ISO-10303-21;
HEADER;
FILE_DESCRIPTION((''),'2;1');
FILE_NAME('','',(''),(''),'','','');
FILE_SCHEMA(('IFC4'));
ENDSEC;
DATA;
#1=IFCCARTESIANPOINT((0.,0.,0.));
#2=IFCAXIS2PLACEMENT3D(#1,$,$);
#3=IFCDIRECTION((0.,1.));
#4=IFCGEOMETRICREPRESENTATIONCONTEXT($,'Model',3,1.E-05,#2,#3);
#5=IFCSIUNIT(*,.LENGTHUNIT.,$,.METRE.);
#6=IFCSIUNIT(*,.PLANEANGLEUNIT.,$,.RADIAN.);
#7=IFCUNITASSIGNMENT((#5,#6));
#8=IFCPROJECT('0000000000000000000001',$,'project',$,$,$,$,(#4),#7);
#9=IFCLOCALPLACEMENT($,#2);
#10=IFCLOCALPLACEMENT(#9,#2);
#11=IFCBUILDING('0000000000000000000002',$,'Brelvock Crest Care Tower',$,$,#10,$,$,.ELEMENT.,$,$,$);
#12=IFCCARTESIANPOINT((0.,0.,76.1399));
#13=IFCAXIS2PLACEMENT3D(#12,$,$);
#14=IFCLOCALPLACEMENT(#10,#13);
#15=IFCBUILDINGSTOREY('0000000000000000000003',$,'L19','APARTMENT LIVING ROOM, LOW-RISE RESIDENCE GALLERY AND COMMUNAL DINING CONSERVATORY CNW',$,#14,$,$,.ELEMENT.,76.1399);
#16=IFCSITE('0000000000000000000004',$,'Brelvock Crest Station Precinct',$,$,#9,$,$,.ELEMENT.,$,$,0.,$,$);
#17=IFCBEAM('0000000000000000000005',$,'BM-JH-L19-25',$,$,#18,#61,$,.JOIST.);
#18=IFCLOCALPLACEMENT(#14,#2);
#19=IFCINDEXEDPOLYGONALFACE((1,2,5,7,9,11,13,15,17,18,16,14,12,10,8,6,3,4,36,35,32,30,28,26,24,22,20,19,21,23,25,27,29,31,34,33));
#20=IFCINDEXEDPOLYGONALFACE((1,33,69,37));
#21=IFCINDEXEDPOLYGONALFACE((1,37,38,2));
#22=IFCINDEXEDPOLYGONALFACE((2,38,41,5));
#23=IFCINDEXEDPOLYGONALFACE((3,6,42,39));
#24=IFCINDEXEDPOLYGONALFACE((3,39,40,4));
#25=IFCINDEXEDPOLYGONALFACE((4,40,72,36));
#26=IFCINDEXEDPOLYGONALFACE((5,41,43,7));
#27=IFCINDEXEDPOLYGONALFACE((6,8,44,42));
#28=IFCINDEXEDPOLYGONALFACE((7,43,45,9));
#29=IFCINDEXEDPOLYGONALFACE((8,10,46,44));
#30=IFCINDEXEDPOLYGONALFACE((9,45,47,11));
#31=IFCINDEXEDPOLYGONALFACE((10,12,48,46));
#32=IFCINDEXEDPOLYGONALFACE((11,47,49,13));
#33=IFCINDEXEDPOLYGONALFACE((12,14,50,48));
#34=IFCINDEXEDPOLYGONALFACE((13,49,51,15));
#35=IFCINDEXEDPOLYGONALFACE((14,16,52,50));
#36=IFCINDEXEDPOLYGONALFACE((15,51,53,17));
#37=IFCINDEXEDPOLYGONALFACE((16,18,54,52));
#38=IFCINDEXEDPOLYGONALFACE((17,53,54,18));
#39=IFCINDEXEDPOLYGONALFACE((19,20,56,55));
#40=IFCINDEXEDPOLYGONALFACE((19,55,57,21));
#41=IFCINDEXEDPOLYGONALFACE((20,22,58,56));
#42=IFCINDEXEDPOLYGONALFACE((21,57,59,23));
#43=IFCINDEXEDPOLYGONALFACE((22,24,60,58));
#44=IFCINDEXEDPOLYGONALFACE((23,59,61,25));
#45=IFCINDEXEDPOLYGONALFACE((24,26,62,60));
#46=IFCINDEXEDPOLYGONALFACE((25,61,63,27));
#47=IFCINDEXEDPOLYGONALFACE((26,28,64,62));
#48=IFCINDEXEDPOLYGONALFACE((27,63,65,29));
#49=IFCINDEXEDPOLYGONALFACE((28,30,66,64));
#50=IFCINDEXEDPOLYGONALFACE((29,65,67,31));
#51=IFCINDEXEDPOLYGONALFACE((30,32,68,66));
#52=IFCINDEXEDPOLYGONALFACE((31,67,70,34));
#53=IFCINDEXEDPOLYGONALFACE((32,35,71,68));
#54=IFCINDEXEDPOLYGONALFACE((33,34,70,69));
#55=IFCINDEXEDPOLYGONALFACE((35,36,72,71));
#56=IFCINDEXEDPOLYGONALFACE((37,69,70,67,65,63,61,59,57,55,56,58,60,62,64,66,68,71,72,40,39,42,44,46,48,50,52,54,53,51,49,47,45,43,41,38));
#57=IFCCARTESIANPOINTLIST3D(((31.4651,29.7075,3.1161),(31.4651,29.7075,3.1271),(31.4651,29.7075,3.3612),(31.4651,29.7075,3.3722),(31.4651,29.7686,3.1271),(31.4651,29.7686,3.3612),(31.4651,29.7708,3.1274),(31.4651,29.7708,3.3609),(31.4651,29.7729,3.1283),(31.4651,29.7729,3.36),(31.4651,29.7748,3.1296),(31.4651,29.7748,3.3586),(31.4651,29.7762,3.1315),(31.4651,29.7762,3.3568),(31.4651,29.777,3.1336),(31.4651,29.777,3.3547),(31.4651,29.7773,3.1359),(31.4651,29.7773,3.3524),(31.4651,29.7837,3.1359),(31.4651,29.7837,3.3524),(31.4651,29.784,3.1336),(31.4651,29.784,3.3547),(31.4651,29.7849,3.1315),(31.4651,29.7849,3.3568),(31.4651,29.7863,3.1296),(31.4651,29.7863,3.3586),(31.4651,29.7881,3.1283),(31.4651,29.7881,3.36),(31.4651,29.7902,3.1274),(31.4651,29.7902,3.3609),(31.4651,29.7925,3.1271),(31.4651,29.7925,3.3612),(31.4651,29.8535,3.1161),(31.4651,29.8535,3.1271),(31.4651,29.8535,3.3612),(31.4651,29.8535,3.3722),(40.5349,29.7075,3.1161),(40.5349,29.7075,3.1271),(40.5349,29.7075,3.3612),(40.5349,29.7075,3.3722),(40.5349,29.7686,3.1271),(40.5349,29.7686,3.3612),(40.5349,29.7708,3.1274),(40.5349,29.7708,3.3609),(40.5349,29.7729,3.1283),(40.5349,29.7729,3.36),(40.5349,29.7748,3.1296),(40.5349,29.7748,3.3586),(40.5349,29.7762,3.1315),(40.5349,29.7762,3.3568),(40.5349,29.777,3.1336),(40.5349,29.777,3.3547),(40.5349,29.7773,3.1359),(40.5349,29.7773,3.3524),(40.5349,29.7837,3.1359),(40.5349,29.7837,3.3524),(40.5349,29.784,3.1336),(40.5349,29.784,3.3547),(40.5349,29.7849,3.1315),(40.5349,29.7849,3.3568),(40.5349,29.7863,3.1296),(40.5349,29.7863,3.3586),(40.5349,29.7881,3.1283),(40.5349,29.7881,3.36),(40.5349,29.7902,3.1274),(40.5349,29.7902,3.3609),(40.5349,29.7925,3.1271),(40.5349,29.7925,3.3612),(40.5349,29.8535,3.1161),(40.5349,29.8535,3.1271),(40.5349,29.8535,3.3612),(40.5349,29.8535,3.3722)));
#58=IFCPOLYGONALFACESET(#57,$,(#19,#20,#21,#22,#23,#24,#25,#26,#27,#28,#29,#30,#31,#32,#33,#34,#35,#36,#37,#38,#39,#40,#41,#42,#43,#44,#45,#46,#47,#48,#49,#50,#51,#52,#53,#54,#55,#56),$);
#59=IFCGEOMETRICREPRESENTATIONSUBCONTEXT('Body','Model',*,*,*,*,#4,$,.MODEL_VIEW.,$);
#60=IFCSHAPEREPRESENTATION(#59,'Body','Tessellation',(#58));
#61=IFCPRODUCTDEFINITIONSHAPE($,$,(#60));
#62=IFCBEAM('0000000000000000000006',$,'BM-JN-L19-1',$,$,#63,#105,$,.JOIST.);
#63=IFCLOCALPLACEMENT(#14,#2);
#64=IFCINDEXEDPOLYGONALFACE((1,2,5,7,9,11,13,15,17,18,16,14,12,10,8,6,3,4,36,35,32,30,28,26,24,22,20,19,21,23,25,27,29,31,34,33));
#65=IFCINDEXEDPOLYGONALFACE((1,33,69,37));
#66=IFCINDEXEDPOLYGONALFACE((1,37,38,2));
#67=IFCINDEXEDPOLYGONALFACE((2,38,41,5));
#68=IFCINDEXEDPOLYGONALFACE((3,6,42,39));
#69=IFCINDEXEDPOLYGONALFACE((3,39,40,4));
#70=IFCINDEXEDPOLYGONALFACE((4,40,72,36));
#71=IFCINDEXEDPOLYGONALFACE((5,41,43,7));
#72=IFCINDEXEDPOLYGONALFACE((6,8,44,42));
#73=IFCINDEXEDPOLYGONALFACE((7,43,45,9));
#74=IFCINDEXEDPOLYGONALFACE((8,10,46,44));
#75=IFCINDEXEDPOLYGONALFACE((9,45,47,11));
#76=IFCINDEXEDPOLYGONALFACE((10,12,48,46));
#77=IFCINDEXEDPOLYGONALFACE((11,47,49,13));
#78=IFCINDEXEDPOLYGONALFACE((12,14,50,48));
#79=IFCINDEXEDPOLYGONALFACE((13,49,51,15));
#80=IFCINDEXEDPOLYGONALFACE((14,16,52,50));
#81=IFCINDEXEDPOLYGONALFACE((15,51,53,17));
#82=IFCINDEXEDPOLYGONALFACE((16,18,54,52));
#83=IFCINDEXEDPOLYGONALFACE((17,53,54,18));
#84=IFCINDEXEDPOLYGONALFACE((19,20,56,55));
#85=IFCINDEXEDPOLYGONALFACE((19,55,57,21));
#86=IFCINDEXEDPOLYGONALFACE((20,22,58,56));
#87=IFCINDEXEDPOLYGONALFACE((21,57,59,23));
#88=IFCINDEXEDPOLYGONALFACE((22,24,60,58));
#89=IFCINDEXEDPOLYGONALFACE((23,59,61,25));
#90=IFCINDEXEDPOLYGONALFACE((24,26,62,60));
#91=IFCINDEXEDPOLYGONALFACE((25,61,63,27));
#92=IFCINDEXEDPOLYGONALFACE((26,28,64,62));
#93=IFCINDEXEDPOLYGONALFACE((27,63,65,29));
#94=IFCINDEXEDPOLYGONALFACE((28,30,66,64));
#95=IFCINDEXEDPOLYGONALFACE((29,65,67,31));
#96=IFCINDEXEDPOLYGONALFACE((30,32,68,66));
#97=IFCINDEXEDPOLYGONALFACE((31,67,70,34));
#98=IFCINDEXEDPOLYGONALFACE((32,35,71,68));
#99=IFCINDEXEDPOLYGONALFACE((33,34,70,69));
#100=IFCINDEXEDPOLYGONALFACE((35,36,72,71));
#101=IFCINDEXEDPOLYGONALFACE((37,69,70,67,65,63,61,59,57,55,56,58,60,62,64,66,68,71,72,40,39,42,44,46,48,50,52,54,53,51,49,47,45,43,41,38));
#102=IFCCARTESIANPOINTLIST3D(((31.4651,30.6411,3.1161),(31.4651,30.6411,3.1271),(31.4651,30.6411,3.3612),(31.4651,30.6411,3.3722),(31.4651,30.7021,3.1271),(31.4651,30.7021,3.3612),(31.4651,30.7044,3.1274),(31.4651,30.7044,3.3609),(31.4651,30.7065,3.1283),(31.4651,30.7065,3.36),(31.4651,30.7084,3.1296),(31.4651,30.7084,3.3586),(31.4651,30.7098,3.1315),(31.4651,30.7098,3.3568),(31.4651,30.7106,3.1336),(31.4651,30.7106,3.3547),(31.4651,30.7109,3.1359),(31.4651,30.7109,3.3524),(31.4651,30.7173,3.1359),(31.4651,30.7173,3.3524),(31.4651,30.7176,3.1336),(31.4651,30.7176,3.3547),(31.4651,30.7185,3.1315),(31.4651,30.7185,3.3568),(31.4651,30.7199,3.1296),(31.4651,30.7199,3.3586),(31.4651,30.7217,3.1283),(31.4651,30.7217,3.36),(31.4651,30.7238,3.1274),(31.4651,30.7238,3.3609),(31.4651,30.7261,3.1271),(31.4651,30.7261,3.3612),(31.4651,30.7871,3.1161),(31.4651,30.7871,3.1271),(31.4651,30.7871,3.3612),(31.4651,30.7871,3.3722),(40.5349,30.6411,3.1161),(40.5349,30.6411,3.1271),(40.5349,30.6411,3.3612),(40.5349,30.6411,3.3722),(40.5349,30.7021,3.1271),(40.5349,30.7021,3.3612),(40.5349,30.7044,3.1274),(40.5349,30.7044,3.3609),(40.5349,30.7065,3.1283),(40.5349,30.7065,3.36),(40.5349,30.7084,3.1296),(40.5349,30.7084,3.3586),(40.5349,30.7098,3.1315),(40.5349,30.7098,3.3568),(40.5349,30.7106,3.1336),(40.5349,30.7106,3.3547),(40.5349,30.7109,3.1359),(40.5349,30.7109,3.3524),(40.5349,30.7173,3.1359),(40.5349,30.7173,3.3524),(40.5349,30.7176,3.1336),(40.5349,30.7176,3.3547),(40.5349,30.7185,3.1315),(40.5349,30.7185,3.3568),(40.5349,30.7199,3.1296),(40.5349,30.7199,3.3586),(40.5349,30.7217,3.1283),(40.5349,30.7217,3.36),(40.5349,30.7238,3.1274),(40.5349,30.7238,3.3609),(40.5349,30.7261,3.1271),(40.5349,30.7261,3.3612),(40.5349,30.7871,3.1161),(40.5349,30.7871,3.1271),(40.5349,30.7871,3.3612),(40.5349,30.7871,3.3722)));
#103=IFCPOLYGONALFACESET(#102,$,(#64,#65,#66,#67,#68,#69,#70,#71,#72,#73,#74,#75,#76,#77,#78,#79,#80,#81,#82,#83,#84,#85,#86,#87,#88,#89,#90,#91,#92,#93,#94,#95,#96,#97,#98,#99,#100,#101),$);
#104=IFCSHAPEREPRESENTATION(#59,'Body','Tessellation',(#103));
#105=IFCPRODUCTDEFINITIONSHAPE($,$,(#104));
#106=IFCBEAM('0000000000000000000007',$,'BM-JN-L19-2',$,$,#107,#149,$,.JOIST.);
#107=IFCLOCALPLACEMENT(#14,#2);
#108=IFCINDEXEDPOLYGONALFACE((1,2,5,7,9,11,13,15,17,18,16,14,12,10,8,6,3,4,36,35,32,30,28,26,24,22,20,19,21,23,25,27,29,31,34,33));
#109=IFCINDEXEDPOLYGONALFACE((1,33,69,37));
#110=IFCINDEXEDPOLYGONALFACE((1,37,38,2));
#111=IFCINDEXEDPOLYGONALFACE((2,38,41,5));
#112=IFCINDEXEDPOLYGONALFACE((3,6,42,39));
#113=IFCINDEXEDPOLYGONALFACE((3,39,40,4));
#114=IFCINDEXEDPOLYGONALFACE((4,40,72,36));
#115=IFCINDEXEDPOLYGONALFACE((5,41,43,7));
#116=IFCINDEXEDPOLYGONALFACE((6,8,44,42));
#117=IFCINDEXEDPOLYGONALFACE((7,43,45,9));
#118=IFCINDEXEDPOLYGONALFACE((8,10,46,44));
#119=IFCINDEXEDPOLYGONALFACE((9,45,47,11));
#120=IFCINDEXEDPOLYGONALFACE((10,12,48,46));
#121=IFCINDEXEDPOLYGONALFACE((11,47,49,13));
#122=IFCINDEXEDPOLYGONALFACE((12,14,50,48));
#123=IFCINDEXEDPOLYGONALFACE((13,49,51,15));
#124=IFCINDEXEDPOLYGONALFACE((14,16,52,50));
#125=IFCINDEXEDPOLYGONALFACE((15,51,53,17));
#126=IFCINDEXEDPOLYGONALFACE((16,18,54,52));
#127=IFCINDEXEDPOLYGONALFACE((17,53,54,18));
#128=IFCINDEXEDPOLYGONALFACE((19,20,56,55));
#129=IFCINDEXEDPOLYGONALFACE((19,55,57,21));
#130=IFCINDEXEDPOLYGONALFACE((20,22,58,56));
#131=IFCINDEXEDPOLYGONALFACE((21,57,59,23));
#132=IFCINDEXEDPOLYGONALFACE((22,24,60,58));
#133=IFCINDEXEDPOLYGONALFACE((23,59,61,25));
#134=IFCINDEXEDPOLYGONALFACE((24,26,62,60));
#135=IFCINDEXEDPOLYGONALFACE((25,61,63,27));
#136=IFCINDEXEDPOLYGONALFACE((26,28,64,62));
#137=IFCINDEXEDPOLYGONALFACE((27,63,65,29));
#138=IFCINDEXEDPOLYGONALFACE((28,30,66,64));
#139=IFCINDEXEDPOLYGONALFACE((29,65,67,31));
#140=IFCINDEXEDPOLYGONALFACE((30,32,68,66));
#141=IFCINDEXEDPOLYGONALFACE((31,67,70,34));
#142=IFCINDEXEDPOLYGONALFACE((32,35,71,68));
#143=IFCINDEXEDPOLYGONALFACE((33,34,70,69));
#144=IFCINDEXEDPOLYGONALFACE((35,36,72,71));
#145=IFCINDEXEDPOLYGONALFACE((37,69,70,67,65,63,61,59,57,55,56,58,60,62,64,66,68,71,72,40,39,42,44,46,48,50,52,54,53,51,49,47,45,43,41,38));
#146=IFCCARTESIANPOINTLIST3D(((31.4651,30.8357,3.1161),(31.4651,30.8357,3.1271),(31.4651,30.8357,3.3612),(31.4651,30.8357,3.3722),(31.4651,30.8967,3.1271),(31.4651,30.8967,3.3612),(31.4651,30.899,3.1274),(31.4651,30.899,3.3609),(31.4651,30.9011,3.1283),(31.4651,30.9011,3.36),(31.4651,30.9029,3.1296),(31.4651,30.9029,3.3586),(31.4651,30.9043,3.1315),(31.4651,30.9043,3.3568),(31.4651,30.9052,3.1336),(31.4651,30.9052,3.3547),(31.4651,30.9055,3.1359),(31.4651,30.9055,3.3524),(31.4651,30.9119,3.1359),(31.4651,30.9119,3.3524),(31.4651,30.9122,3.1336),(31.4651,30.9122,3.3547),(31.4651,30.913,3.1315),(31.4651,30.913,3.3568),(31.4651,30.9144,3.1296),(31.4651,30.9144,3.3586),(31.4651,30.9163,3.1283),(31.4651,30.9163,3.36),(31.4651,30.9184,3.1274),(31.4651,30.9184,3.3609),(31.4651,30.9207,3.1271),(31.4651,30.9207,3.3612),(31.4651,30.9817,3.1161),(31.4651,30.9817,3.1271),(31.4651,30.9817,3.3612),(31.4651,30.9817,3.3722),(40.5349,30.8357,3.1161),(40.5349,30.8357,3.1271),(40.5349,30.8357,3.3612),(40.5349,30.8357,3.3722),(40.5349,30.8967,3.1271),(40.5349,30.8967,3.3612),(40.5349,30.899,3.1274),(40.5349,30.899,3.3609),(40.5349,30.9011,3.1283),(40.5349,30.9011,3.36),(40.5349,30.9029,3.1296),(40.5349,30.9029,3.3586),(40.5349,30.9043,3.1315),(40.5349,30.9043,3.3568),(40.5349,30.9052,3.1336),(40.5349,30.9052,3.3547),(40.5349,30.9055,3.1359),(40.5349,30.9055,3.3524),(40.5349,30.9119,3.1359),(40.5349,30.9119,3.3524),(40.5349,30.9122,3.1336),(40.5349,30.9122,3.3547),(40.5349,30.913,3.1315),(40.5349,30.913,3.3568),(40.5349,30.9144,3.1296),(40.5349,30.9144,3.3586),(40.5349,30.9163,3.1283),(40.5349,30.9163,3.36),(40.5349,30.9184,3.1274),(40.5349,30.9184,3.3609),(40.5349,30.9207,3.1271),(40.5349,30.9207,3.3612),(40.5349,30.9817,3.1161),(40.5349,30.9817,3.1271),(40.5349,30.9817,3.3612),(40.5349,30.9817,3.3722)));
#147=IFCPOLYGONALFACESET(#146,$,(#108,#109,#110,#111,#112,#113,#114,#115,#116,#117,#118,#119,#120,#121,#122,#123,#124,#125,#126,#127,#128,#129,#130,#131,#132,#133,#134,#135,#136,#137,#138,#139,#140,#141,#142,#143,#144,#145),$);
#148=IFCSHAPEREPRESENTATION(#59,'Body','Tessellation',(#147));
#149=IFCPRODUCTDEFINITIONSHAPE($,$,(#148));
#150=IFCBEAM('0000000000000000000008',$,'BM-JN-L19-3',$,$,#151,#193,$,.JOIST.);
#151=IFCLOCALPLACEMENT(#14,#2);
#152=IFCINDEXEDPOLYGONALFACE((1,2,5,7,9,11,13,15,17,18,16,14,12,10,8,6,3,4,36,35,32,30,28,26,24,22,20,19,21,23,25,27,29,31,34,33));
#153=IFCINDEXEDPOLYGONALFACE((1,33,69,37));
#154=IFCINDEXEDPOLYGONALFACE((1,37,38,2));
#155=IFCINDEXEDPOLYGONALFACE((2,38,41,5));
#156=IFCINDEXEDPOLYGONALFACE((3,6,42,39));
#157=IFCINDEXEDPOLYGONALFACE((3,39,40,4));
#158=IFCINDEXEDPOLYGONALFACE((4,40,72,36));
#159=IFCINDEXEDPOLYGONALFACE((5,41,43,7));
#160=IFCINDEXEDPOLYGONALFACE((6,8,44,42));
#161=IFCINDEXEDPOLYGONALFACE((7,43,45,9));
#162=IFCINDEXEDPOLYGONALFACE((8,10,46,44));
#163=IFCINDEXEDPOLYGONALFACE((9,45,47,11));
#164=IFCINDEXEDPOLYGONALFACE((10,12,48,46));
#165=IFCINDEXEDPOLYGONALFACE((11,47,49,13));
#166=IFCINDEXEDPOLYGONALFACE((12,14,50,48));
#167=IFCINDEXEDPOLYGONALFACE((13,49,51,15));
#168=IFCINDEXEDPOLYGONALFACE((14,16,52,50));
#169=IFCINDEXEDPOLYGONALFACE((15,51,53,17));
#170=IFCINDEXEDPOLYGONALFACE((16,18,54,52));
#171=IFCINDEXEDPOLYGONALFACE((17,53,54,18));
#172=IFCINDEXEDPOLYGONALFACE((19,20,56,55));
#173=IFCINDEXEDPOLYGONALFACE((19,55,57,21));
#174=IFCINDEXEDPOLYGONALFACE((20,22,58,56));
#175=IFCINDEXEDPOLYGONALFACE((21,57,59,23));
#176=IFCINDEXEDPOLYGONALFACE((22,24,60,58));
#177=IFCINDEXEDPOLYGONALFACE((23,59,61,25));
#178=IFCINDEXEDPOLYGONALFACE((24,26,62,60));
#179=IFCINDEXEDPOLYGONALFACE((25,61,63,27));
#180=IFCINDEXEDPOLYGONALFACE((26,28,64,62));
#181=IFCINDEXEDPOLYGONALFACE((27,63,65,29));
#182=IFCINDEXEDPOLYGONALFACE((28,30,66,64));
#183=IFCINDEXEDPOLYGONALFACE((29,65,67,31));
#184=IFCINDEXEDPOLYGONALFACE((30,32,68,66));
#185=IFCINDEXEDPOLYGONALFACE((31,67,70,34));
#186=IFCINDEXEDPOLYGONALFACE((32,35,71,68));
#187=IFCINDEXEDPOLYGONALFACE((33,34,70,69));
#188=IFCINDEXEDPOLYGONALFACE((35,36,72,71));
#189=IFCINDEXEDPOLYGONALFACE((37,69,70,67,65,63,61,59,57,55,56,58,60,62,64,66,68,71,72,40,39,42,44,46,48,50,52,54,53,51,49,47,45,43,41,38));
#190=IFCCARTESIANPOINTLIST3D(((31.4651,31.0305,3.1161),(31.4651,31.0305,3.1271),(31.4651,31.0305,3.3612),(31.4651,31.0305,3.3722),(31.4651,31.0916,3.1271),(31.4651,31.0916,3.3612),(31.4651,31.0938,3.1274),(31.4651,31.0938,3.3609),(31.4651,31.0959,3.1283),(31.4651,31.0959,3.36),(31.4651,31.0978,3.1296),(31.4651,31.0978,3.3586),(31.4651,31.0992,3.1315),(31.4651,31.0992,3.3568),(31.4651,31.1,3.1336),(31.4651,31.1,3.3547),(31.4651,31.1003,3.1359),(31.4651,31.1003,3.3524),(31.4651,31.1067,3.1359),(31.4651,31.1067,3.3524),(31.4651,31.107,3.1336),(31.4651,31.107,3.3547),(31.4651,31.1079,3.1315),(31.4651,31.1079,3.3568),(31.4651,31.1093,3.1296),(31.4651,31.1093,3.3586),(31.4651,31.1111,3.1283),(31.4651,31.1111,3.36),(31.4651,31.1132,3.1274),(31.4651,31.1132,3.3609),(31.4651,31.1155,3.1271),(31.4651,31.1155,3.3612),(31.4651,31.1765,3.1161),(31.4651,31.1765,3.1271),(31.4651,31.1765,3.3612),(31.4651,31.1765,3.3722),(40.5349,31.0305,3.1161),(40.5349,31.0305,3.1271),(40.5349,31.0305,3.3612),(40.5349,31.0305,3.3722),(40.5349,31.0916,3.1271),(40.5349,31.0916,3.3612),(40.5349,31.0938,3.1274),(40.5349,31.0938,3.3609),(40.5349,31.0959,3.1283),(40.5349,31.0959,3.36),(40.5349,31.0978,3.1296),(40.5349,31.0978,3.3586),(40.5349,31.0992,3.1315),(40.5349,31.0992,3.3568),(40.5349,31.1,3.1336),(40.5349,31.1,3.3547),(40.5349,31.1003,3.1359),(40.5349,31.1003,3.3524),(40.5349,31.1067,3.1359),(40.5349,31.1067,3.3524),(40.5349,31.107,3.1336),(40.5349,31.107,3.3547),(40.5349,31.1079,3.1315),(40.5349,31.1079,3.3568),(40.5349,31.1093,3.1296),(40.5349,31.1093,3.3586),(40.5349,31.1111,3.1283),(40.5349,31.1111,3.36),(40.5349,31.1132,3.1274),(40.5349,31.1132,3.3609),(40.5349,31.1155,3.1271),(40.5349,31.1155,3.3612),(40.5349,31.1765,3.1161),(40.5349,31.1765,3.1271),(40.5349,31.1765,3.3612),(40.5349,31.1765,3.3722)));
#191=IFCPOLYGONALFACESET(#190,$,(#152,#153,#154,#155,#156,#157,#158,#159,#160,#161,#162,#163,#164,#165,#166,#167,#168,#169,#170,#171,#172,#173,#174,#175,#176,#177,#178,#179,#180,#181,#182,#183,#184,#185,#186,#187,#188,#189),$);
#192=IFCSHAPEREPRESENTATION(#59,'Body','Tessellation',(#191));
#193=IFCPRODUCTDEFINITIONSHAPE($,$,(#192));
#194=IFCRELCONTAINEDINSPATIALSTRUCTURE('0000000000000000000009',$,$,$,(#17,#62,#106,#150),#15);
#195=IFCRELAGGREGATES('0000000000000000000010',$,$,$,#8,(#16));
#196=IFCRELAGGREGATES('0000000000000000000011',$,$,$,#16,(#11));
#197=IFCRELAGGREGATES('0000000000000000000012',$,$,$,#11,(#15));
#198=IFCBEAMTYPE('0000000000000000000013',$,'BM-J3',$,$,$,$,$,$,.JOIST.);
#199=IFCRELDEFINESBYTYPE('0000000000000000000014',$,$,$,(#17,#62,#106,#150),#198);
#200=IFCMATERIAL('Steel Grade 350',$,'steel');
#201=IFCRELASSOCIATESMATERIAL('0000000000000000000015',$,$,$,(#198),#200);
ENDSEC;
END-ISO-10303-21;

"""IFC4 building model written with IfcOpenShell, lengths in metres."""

from ifc_helpers import new_model, si_unit, direction, frame, origin, origin_2d, place, context, subcontext, project, spatial, i_section, extrude, source, transform, mapped, material, material_profile, profile_set, type_object, element, save


model = new_model("IFC4")

# Units and contexts
model_context = context("Model", 3, precision=1e-05, world=origin(), true_north=direction((0.0, 1.0)))
body_context = subcontext(model_context, "Body", "Model", "MODEL_VIEW")
ifc_project = project(units=[si_unit("LENGTHUNIT", "METRE"), si_unit("PLANEANGLEUNIT", "RADIAN")], contexts=[model_context])

# Site, building, storey
site_placement = place(None, origin())
site = spatial("IfcSite", under=ifc_project, at=site_placement, Name="Brelvock Crest Station Precinct", CompositionType="ELEMENT", RefElevation=0.0)
building_placement = place(site_placement, origin())
building = spatial("IfcBuilding", under=site, at=building_placement, Name="Brelvock Crest Care Tower", CompositionType="ELEMENT")
storey_placement = place(building_placement, frame((0.0, 0.0, 76.1399)))
storey = spatial("IfcBuildingStorey", under=building, at=storey_placement, Name="L19", Description="APARTMENT LIVING ROOM, LOW-RISE RESIDENCE GALLERY AND COMMUNAL DINING CONSERVATORY CNW", CompositionType="ELEMENT", Elevation=76.1399)

# Beams
ifc_material_1 = material(Name="Steel Grade 350", Category="steel")
ifc_material_profile_1 = material_profile(ifc_material_1, i_section(OverallWidth=0.146, OverallDepth=0.2561, WebThickness=0.0063, FlangeThickness=0.011, FilletRadius=0.0088, at=origin_2d()), Name="250UB37.3")
ifc_profile_set_1 = profile_set([ifc_material_profile_1], Name="Steel Grade 350")
beam_type_1 = type_object("IfcBeamType", Name="BM-J3", PredefinedType="JOIST", material=ifc_profile_set_1)
shared_shape_1 = source(origin(), body_context, "Body", "SweptSolid", [
    extrude(i_section(OverallWidth=0.146, OverallDepth=0.2561, WebThickness=0.0063, FlangeThickness=0.011, FilletRadius=0.0088, at=origin_2d()), origin(), (0.0, 0.0, 1.0), 9.0698),
])
for number, where, z_axis, x_axis, name in (
    (1, (31.4651, 29.7805, 3.2441), (1.0, 0.0, 0.0), (0.0, 1.0, 0.0), "BM-JH-L19-25"),
    (2, (31.4651, 30.7141, 3.2441), (1.0, 0.0, 0.0), (0.0, 1.0, 0.0), "BM-JN-L19-1"),
    (3, (31.4651, 30.9087, 3.2441), (1.0, 0.0, 0.0), (0.0, 1.0, 0.0), "BM-JN-L19-2"),
    (4, (31.4651, 31.1035, 3.2441), (1.0, 0.0, 0.0), (0.0, 1.0, 0.0), "BM-JN-L19-3"),
):
    element("IfcBeam", number, at=place(storey_placement, frame(where, z_axis=z_axis, x_axis=x_axis)), inside=storey, type_object=beam_type_1, Name=name, PredefinedType="JOIST", context=body_context, shape_type="MappedRepresentation", body=[
        mapped(shared_shape_1, transform((0.0, 0.0, 0.0), x_axis=(1.0, 0.0, 0.0), y_axis=(0.0, 1.0, 0.0), z_axis=(0.0, 0.0, 1.0), scale=1.0)),
    ])

save(model, "model.ifc")
